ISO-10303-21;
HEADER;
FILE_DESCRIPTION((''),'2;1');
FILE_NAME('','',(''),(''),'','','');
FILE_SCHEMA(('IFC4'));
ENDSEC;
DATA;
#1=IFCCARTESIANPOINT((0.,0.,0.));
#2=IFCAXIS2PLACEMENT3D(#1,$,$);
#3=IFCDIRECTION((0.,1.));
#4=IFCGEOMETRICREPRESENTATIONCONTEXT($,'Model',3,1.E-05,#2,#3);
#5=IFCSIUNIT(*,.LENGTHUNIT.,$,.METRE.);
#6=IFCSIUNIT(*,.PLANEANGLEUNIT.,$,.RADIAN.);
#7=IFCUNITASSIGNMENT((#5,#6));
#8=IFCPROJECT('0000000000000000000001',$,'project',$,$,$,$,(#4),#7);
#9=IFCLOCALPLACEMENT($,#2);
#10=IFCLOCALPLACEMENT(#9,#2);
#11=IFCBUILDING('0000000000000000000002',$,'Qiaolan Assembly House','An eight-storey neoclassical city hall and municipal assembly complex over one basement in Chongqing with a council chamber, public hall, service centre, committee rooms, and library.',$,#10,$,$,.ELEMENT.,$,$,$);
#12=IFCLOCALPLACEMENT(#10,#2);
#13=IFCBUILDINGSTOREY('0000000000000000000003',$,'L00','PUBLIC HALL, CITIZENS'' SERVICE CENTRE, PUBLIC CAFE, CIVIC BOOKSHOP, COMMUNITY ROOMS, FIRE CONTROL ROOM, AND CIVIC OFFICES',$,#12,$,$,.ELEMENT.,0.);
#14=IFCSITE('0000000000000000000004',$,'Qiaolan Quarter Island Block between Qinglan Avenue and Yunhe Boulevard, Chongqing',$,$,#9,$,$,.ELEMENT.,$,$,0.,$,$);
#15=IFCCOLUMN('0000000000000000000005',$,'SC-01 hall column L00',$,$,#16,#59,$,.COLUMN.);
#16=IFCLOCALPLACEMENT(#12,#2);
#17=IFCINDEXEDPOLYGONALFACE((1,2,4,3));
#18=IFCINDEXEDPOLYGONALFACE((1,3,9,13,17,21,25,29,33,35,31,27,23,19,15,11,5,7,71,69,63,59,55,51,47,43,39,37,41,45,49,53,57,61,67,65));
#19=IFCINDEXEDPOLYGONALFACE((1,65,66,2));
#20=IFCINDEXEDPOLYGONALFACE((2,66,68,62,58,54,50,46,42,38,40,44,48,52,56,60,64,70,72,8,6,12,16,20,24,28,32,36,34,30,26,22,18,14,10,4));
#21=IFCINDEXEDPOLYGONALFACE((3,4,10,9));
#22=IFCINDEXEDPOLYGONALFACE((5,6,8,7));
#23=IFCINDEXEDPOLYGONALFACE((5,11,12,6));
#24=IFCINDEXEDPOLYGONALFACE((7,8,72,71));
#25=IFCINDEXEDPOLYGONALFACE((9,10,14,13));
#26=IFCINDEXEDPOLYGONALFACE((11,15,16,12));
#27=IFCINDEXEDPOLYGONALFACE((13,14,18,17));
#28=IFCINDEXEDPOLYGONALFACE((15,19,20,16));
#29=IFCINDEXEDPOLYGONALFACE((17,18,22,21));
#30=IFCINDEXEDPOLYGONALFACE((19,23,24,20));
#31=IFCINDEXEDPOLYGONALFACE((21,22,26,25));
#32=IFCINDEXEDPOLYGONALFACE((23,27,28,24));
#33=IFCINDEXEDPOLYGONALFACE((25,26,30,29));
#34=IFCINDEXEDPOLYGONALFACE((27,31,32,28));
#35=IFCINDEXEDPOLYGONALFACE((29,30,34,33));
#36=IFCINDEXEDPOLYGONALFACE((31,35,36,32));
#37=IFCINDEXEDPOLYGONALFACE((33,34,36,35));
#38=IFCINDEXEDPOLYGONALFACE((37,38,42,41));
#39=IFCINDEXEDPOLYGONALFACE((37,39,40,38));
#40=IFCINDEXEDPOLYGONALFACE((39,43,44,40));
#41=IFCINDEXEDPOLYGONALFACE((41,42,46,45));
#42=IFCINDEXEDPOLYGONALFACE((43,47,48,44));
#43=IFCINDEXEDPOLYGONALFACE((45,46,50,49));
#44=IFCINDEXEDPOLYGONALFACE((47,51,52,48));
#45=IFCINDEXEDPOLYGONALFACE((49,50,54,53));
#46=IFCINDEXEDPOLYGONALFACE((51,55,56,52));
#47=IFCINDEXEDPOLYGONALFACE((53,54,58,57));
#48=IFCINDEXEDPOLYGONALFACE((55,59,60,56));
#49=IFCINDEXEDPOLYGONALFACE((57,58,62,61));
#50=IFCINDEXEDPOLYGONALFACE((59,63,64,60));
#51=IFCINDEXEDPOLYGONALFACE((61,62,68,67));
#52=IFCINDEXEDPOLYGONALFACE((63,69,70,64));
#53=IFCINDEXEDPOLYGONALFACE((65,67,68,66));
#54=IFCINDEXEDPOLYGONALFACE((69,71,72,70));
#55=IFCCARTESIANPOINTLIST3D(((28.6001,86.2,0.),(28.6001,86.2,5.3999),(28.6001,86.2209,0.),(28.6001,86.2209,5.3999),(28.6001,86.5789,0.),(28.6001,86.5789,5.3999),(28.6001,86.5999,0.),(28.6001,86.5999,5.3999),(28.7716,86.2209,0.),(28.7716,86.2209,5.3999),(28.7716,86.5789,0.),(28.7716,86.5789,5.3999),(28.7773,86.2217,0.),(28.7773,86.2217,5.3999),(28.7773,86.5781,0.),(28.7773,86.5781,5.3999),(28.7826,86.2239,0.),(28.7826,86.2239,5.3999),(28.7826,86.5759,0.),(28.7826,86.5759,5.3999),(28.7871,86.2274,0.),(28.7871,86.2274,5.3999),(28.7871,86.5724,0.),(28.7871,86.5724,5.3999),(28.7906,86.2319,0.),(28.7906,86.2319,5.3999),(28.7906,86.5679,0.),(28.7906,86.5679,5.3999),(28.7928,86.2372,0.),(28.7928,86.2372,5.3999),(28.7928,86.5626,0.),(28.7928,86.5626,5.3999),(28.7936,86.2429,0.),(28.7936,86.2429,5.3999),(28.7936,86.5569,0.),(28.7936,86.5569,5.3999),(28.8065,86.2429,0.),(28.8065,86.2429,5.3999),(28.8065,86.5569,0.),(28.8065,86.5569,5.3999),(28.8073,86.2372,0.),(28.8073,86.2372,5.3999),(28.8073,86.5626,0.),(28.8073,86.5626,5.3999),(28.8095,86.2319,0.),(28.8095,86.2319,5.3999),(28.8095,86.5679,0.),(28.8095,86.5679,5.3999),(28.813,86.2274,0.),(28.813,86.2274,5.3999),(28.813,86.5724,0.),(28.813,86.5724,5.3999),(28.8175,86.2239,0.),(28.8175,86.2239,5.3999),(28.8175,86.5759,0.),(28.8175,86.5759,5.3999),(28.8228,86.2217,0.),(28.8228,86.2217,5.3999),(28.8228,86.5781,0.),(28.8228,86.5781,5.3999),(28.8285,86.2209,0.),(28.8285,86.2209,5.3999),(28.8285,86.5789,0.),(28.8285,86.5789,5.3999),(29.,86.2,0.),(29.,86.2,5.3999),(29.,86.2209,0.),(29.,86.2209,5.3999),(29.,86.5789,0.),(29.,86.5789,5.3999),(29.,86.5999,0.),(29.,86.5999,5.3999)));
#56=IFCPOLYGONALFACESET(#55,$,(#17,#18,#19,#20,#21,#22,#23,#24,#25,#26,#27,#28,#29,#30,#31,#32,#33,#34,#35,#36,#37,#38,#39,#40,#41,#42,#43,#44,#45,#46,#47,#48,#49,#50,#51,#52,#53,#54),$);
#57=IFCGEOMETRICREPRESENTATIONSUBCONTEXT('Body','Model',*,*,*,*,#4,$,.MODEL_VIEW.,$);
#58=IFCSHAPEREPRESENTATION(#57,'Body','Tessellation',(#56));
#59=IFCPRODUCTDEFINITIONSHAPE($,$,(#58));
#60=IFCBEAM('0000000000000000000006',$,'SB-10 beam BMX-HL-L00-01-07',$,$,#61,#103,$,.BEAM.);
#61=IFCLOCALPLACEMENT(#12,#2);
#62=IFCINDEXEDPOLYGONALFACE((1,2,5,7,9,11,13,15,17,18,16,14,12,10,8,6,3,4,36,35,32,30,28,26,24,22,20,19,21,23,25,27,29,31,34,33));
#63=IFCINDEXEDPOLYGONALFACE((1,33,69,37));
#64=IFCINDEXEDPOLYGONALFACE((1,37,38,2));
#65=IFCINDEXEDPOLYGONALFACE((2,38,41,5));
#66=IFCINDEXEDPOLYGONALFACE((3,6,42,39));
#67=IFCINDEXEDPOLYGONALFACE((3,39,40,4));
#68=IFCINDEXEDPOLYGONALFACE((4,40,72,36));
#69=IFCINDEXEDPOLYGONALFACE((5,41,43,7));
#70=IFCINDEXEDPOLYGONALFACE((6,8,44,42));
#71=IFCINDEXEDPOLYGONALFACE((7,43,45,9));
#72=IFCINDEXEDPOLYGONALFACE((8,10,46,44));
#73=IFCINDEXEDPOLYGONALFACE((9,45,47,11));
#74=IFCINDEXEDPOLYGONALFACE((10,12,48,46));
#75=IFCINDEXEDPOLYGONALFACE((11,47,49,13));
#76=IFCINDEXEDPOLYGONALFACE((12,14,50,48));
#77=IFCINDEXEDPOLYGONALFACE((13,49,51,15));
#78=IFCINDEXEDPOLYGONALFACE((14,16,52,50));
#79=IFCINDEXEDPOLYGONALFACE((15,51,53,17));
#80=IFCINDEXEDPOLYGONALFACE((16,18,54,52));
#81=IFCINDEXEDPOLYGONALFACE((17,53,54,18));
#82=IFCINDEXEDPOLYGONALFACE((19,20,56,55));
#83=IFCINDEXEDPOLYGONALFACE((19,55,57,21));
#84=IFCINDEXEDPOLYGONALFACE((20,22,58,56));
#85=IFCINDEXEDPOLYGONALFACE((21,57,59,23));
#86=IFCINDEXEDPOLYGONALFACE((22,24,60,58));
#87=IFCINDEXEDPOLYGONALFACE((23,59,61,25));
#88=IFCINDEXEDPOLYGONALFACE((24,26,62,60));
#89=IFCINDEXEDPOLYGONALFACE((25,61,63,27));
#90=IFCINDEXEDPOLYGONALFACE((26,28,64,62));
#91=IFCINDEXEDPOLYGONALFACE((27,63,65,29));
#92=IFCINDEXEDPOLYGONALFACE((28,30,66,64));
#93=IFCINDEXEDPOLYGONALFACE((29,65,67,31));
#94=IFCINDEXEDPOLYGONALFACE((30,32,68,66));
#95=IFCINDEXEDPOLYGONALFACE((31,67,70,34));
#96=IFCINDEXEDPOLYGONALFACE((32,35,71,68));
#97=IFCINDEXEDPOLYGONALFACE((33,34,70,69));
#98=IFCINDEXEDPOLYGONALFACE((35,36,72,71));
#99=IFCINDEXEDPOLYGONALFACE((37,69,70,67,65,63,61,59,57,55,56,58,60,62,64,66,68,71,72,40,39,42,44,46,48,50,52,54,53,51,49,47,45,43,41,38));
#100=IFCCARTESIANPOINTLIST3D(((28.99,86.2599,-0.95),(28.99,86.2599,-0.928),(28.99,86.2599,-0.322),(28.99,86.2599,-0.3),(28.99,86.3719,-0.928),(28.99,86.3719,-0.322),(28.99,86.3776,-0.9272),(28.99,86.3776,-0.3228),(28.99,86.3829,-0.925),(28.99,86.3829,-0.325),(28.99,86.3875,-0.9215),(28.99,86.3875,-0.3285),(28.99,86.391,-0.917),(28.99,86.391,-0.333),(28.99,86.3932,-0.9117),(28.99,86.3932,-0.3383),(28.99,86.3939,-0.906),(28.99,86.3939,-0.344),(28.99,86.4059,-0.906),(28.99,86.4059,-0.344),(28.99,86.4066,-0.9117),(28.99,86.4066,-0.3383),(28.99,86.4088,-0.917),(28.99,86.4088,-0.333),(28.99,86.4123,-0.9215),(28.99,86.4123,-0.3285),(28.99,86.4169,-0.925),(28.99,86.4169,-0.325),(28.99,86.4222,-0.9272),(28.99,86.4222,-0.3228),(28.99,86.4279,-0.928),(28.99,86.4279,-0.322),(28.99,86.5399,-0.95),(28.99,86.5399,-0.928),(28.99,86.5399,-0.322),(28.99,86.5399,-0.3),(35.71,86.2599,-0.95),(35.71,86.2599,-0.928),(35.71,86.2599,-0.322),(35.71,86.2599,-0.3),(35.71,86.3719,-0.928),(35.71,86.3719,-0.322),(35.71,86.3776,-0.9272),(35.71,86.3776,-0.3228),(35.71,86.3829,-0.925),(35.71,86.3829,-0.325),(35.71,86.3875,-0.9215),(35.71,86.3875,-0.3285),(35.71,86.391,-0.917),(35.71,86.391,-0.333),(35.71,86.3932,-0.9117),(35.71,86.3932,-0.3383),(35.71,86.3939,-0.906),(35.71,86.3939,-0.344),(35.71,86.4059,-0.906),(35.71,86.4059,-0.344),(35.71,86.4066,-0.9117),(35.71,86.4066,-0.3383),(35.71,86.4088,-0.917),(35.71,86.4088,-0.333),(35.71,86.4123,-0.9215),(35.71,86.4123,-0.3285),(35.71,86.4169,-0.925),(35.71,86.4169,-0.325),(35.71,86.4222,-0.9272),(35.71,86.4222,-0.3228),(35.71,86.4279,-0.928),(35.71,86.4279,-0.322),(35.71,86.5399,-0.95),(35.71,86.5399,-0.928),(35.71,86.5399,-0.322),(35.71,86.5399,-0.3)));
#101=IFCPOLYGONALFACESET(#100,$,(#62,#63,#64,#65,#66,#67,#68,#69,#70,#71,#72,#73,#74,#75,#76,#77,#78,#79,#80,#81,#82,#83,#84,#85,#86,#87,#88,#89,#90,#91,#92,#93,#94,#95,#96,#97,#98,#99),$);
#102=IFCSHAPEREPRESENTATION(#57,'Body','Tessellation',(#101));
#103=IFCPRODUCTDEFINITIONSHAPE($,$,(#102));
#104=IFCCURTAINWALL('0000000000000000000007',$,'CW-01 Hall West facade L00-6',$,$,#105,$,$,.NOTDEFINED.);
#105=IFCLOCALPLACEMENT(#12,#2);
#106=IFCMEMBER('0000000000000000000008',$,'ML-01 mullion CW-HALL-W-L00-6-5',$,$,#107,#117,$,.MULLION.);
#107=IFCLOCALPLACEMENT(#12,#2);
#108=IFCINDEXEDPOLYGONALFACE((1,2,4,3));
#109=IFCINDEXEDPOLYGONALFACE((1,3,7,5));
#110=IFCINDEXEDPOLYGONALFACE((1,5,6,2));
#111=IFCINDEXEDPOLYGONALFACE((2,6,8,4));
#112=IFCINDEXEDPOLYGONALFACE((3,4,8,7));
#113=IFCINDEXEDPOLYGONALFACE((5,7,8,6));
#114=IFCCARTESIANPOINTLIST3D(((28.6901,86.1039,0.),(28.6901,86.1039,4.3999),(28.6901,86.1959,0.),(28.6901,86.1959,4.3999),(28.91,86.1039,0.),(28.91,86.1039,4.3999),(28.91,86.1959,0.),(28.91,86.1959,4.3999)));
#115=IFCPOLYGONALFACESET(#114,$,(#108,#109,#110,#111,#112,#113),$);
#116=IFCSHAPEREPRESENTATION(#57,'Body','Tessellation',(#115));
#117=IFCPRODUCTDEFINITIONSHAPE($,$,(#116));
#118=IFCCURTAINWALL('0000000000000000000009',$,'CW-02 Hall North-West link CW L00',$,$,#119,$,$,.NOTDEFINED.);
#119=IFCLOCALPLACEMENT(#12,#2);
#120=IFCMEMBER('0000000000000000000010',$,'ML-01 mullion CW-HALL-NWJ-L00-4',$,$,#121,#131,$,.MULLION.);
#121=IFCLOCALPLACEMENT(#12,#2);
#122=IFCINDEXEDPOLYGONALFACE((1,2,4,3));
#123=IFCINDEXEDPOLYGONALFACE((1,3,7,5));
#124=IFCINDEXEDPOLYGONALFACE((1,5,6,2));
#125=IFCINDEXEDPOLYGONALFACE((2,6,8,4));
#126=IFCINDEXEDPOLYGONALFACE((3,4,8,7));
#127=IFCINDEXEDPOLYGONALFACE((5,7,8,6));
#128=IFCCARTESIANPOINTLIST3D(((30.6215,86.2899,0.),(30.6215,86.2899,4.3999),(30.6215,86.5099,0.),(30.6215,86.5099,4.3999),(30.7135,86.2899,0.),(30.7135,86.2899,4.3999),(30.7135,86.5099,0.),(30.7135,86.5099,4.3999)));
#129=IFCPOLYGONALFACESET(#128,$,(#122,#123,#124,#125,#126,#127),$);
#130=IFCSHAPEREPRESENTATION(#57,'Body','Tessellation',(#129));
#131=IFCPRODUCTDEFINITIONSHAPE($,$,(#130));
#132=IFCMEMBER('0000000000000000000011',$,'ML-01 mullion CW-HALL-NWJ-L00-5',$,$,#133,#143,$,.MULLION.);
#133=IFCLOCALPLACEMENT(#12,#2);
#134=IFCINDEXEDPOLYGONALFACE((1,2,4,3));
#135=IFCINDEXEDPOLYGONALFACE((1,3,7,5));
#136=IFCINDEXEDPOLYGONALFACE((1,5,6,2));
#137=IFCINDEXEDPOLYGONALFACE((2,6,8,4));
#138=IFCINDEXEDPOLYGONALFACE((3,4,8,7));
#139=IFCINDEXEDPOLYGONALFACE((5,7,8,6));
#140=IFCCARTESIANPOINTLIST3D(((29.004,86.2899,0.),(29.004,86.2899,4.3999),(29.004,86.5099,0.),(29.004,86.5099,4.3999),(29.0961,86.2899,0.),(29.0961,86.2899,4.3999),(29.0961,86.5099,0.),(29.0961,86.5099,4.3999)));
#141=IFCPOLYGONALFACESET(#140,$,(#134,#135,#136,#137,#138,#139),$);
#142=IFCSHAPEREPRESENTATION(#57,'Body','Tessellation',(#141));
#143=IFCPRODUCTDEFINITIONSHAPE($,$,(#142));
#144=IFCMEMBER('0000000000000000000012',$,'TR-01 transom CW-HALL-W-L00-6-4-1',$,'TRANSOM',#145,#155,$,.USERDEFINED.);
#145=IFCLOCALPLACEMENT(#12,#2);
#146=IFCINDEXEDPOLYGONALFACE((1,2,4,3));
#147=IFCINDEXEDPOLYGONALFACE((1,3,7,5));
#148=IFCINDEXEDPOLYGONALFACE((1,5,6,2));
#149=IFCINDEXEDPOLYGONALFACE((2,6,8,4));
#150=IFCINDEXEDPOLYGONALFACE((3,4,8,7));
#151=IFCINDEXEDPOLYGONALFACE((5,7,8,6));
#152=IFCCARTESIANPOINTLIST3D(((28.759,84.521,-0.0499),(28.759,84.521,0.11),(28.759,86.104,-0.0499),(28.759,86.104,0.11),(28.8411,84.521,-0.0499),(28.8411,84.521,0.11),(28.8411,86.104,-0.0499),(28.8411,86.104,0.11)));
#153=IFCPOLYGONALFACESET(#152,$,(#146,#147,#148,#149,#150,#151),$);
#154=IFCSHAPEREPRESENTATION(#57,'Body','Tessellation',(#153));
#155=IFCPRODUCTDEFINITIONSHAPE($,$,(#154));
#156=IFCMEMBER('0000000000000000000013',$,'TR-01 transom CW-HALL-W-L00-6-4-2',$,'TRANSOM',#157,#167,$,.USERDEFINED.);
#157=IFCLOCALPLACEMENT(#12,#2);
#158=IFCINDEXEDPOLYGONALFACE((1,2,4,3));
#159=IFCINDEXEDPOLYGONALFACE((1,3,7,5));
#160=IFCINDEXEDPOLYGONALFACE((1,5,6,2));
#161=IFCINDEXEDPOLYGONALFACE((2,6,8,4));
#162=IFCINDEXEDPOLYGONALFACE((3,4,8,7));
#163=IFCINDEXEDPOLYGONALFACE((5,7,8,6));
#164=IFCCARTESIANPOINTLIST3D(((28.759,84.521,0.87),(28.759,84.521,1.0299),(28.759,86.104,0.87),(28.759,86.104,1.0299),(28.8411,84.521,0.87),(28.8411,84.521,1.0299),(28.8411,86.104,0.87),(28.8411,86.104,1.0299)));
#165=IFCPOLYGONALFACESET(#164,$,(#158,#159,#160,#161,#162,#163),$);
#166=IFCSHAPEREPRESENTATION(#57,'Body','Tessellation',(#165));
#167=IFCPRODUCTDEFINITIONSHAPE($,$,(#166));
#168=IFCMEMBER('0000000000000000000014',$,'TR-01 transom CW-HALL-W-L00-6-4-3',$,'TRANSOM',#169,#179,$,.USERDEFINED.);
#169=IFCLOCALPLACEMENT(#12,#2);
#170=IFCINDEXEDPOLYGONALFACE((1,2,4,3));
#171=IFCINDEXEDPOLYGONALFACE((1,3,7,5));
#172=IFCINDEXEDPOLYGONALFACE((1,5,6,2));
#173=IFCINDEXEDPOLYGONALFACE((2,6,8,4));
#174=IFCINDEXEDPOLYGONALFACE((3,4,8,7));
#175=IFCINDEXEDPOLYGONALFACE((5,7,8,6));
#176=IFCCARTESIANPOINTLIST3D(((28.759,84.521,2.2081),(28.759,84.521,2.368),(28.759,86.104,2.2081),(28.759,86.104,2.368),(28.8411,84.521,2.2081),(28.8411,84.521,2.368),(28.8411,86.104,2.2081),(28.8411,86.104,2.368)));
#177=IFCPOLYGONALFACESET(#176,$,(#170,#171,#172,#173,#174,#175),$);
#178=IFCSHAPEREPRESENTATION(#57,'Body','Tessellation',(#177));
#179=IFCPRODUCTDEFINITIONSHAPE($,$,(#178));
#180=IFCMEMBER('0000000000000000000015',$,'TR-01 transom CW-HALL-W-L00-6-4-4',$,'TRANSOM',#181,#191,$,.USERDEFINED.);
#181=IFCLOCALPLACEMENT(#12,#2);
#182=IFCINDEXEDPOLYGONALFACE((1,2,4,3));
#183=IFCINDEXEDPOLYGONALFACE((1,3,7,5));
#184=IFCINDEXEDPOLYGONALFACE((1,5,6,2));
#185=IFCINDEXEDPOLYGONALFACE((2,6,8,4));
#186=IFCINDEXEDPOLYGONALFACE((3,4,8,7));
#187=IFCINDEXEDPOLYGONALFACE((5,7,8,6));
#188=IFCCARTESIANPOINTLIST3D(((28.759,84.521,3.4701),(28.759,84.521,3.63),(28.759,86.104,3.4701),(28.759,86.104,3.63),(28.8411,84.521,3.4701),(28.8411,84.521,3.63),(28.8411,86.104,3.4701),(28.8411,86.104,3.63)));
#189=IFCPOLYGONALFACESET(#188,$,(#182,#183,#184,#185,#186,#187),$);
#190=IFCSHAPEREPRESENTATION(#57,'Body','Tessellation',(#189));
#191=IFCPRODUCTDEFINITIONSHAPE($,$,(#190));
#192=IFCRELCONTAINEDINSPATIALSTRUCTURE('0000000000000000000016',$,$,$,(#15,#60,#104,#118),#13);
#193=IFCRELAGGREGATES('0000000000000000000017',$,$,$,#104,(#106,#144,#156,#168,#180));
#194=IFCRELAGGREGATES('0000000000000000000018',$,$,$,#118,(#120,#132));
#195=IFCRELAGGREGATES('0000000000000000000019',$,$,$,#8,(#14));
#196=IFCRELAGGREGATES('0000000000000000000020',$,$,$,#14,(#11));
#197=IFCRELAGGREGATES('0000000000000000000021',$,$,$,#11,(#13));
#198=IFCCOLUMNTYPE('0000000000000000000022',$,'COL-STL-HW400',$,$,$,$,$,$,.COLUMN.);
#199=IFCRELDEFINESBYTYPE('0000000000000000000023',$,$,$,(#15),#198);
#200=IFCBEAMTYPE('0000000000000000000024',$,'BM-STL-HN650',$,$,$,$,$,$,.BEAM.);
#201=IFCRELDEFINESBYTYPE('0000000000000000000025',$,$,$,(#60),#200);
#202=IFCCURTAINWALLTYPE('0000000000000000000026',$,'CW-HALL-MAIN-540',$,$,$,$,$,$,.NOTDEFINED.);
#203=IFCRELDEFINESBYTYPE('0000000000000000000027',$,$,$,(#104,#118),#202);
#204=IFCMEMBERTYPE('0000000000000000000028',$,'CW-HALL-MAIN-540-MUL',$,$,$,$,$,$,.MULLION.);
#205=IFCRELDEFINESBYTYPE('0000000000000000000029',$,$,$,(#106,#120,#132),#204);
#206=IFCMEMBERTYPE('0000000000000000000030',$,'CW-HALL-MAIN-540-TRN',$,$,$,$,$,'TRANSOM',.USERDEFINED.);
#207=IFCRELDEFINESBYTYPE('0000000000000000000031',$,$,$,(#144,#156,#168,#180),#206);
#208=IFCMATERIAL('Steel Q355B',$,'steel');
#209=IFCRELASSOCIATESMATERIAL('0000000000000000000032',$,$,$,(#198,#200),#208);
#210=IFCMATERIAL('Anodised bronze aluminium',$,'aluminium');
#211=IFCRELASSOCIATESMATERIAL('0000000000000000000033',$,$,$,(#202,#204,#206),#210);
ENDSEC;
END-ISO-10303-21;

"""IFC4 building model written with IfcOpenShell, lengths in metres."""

from ifc_helpers import new_model, si_unit, direction, frame, origin, origin_2d, place, context, subcontext, project, spatial, rectangle, i_section, extrude, material, material_profile, profile_set, type_object, element, aggregate, save


model = new_model("IFC4")

# Units and contexts
model_context = context("Model", 3, precision=1e-05, world=origin(), true_north=direction((0.0, 1.0)))
body_context = subcontext(model_context, "Body", "Model", "MODEL_VIEW")
ifc_project = project(units=[si_unit("LENGTHUNIT", "METRE"), si_unit("PLANEANGLEUNIT", "RADIAN")], contexts=[model_context])

# Site, building, storey
site_placement = place(None, origin())
site = spatial("IfcSite", under=ifc_project, at=site_placement, Name="Qiaolan Quarter Island Block between Qinglan Avenue and Yunhe Boulevard, Chongqing", CompositionType="ELEMENT", RefElevation=0.0)
building_placement = place(site_placement, origin())
building = spatial("IfcBuilding", under=site, at=building_placement, Name="Qiaolan Assembly House", Description="An eight-storey neoclassical city hall and municipal assembly complex over one basement in Chongqing with a council chamber, public hall, service centre, committee rooms, and library.", CompositionType="ELEMENT")
storey_placement = place(building_placement, origin())
storey = spatial("IfcBuildingStorey", under=building, at=storey_placement, Name="L00", Description="PUBLIC HALL, CITIZENS' SERVICE CENTRE, PUBLIC CAFE, CIVIC BOOKSHOP, COMMUNITY ROOMS, FIRE CONTROL ROOM, AND CIVIC OFFICES", CompositionType="ELEMENT", Elevation=0.0)

# Column
ifc_material_1 = material(Name="Steel Q355B", Category="steel")
ifc_material_profile_1 = material_profile(ifc_material_1, i_section(OverallWidth=0.3999, OverallDepth=0.3999, WebThickness=0.0129, FlangeThickness=0.021, FilletRadius=0.022, at=origin_2d()), Name="HW 400x400x13x21")
ifc_profile_set_1 = profile_set([ifc_material_profile_1], Name="Steel Q355B")
column_type = type_object("IfcColumnType", Name="COL-STL-HW400", PredefinedType="COLUMN", material=ifc_profile_set_1)
column_placement = place(storey_placement, frame((28.8, 86.3999, 0.0), z_axis=(0.0, 0.0, 1.0), x_axis=(1.0, 0.0, 0.0)))
element("IfcColumn", 1, at=column_placement, inside=storey, type_object=column_type, Name="SC-01 hall column L00", PredefinedType="COLUMN", context=body_context, shape_type="SweptSolid", body=[
    extrude(i_section(OverallWidth=0.3999, OverallDepth=0.3999, WebThickness=0.0129, FlangeThickness=0.021, FilletRadius=0.022, at=origin_2d()), origin(), (0.0, 0.0, 1.0), 5.3999),
])

# Beam
ifc_material_profile_2 = material_profile(ifc_material_1, i_section(OverallWidth=0.28, OverallDepth=0.6499, WebThickness=0.012, FlangeThickness=0.022, FilletRadius=0.022, at=origin_2d()), Name="HN 650x280x12x22")
ifc_profile_set_2 = profile_set([ifc_material_profile_2], Name="Steel Q355B")
beam_type = type_object("IfcBeamType", Name="BM-STL-HN650", PredefinedType="BEAM", material=ifc_profile_set_2)
beam_placement = place(storey_placement, frame((28.99, 86.3999, -0.625), z_axis=(1.0, 0.0, 0.0), x_axis=(0.0, 1.0, 0.0)))
element("IfcBeam", 2, at=beam_placement, inside=storey, type_object=beam_type, Name="SB-10 beam BMX-HL-L00-01-07", PredefinedType="BEAM", context=body_context, shape_type="SweptSolid", body=[
    extrude(i_section(OverallWidth=0.28, OverallDepth=0.6499, WebThickness=0.012, FlangeThickness=0.022, FilletRadius=0.022, at=origin_2d()), origin(), (0.0, 0.0, 1.0), 6.72),
])

# Curtain wall, member
ifc_material_2 = material(Name="Anodised bronze aluminium", Category="aluminium")
curtain_wall_type = type_object("IfcCurtainWallType", Name="CW-HALL-MAIN-540", PredefinedType="NOTDEFINED", material=ifc_material_2)
curtain_wall_1_placement = place(storey_placement, origin())
curtain_wall_1 = element("IfcCurtainWall", 3, at=curtain_wall_1_placement, inside=storey, type_object=curtain_wall_type, Name="CW-01 Hall West facade L00-6", PredefinedType="NOTDEFINED")
ifc_material_profile_3 = material_profile(ifc_material_2, rectangle(XDim=0.092, YDim=0.22, at=origin_2d()), Name="MUL 92x220")
ifc_profile_set_3 = profile_set([ifc_material_profile_3], Name="Anodised bronze aluminium")
member_type_1 = type_object("IfcMemberType", Name="CW-HALL-MAIN-540-MUL", PredefinedType="MULLION", material=ifc_profile_set_3)
member_1_placement = place(storey_placement, frame((28.8, 86.1499, 0.0), z_axis=(0.0, 0.0, 1.0), x_axis=(0.0, 1.0, 0.0)))
member_1 = element("IfcMember", 4, at=member_1_placement, type_object=member_type_1, Name="ML-01 mullion CW-HALL-W-L00-6-5", PredefinedType="MULLION", context=body_context, shape_type="SweptSolid", body=[
    extrude(rectangle(XDim=0.092, YDim=0.22, at=origin_2d()), origin(), (0.0, 0.0, 1.0), 4.3999),
])

# Curtain wall, members
curtain_wall_2_placement = place(storey_placement, origin())
curtain_wall_2 = element("IfcCurtainWall", 5, at=curtain_wall_2_placement, inside=storey, type_object=curtain_wall_type, Name="CW-02 Hall North-West link CW L00", PredefinedType="NOTDEFINED")
member_2_placement = place(storey_placement, frame((30.6675, 86.3999, 0.0), z_axis=(0.0, 0.0, 1.0), x_axis=(-1.0, 0.0, 0.0)))
member_2 = element("IfcMember", 6, at=member_2_placement, type_object=member_type_1, Name="ML-01 mullion CW-HALL-NWJ-L00-4", PredefinedType="MULLION", context=body_context, shape_type="SweptSolid", body=[
    extrude(rectangle(XDim=0.092, YDim=0.22, at=origin_2d()), origin(), (0.0, 0.0, 1.0), 4.3999),
])
member_3_placement = place(storey_placement, frame((29.05, 86.3999, 0.0), z_axis=(0.0, 0.0, 1.0), x_axis=(-1.0, 0.0, 0.0)))
member_3 = element("IfcMember", 7, at=member_3_placement, type_object=member_type_1, Name="ML-01 mullion CW-HALL-NWJ-L00-5", PredefinedType="MULLION", context=body_context, shape_type="SweptSolid", body=[
    extrude(rectangle(XDim=0.092, YDim=0.22, at=origin_2d()), origin(), (0.0, 0.0, 1.0), 4.3999),
])

# Members
ifc_material_profile_4 = material_profile(ifc_material_2, rectangle(XDim=0.082, YDim=0.1599, at=origin_2d()), Name="TRN 82x160")
ifc_profile_set_4 = profile_set([ifc_material_profile_4], Name="Anodised bronze aluminium")
member_type_2 = type_object("IfcMemberType", Name="CW-HALL-MAIN-540-TRN", ElementType="TRANSOM", PredefinedType="USERDEFINED", material=ifc_profile_set_4)
member_4_placement = place(storey_placement, frame((28.8, 84.521, 0.03), z_axis=(0.0, 1.0, 0.0), x_axis=(-1.0, 0.0, 0.0)))
member_4 = element("IfcMember", 8, at=member_4_placement, type_object=member_type_2, Name="TR-01 transom CW-HALL-W-L00-6-4-1", ObjectType="TRANSOM", PredefinedType="USERDEFINED", context=body_context, shape_type="SweptSolid", body=[
    extrude(rectangle(XDim=0.082, YDim=0.1599, at=origin_2d()), origin(), (0.0, 0.0, 1.0), 1.583),
])
member_5_placement = place(storey_placement, frame((28.8, 84.521, 0.95), z_axis=(0.0, 1.0, 0.0), x_axis=(-1.0, 0.0, 0.0)))
member_5 = element("IfcMember", 9, at=member_5_placement, type_object=member_type_2, Name="TR-01 transom CW-HALL-W-L00-6-4-2", ObjectType="TRANSOM", PredefinedType="USERDEFINED", context=body_context, shape_type="SweptSolid", body=[
    extrude(rectangle(XDim=0.082, YDim=0.1599, at=origin_2d()), origin(), (0.0, 0.0, 1.0), 1.583),
])
member_6_placement = place(storey_placement, frame((28.8, 84.521, 2.2881), z_axis=(0.0, 1.0, 0.0), x_axis=(-1.0, 0.0, 0.0)))
member_6 = element("IfcMember", 10, at=member_6_placement, type_object=member_type_2, Name="TR-01 transom CW-HALL-W-L00-6-4-3", ObjectType="TRANSOM", PredefinedType="USERDEFINED", context=body_context, shape_type="SweptSolid", body=[
    extrude(rectangle(XDim=0.082, YDim=0.1599, at=origin_2d()), origin(), (0.0, 0.0, 1.0), 1.583),
])
member_7_placement = place(storey_placement, frame((28.8, 84.521, 3.55), z_axis=(0.0, 1.0, 0.0), x_axis=(-1.0, 0.0, 0.0)))
member_7 = element("IfcMember", 11, at=member_7_placement, type_object=member_type_2, Name="TR-01 transom CW-HALL-W-L00-6-4-4", ObjectType="TRANSOM", PredefinedType="USERDEFINED", context=body_context, shape_type="SweptSolid", body=[
    extrude(rectangle(XDim=0.082, YDim=0.1599, at=origin_2d()), origin(), (0.0, 0.0, 1.0), 1.583),
])
aggregate(curtain_wall_1, [member_1, member_4, member_5, member_6, member_7])

aggregate(curtain_wall_2, [member_2, member_3])

save(model, "model.ifc")
